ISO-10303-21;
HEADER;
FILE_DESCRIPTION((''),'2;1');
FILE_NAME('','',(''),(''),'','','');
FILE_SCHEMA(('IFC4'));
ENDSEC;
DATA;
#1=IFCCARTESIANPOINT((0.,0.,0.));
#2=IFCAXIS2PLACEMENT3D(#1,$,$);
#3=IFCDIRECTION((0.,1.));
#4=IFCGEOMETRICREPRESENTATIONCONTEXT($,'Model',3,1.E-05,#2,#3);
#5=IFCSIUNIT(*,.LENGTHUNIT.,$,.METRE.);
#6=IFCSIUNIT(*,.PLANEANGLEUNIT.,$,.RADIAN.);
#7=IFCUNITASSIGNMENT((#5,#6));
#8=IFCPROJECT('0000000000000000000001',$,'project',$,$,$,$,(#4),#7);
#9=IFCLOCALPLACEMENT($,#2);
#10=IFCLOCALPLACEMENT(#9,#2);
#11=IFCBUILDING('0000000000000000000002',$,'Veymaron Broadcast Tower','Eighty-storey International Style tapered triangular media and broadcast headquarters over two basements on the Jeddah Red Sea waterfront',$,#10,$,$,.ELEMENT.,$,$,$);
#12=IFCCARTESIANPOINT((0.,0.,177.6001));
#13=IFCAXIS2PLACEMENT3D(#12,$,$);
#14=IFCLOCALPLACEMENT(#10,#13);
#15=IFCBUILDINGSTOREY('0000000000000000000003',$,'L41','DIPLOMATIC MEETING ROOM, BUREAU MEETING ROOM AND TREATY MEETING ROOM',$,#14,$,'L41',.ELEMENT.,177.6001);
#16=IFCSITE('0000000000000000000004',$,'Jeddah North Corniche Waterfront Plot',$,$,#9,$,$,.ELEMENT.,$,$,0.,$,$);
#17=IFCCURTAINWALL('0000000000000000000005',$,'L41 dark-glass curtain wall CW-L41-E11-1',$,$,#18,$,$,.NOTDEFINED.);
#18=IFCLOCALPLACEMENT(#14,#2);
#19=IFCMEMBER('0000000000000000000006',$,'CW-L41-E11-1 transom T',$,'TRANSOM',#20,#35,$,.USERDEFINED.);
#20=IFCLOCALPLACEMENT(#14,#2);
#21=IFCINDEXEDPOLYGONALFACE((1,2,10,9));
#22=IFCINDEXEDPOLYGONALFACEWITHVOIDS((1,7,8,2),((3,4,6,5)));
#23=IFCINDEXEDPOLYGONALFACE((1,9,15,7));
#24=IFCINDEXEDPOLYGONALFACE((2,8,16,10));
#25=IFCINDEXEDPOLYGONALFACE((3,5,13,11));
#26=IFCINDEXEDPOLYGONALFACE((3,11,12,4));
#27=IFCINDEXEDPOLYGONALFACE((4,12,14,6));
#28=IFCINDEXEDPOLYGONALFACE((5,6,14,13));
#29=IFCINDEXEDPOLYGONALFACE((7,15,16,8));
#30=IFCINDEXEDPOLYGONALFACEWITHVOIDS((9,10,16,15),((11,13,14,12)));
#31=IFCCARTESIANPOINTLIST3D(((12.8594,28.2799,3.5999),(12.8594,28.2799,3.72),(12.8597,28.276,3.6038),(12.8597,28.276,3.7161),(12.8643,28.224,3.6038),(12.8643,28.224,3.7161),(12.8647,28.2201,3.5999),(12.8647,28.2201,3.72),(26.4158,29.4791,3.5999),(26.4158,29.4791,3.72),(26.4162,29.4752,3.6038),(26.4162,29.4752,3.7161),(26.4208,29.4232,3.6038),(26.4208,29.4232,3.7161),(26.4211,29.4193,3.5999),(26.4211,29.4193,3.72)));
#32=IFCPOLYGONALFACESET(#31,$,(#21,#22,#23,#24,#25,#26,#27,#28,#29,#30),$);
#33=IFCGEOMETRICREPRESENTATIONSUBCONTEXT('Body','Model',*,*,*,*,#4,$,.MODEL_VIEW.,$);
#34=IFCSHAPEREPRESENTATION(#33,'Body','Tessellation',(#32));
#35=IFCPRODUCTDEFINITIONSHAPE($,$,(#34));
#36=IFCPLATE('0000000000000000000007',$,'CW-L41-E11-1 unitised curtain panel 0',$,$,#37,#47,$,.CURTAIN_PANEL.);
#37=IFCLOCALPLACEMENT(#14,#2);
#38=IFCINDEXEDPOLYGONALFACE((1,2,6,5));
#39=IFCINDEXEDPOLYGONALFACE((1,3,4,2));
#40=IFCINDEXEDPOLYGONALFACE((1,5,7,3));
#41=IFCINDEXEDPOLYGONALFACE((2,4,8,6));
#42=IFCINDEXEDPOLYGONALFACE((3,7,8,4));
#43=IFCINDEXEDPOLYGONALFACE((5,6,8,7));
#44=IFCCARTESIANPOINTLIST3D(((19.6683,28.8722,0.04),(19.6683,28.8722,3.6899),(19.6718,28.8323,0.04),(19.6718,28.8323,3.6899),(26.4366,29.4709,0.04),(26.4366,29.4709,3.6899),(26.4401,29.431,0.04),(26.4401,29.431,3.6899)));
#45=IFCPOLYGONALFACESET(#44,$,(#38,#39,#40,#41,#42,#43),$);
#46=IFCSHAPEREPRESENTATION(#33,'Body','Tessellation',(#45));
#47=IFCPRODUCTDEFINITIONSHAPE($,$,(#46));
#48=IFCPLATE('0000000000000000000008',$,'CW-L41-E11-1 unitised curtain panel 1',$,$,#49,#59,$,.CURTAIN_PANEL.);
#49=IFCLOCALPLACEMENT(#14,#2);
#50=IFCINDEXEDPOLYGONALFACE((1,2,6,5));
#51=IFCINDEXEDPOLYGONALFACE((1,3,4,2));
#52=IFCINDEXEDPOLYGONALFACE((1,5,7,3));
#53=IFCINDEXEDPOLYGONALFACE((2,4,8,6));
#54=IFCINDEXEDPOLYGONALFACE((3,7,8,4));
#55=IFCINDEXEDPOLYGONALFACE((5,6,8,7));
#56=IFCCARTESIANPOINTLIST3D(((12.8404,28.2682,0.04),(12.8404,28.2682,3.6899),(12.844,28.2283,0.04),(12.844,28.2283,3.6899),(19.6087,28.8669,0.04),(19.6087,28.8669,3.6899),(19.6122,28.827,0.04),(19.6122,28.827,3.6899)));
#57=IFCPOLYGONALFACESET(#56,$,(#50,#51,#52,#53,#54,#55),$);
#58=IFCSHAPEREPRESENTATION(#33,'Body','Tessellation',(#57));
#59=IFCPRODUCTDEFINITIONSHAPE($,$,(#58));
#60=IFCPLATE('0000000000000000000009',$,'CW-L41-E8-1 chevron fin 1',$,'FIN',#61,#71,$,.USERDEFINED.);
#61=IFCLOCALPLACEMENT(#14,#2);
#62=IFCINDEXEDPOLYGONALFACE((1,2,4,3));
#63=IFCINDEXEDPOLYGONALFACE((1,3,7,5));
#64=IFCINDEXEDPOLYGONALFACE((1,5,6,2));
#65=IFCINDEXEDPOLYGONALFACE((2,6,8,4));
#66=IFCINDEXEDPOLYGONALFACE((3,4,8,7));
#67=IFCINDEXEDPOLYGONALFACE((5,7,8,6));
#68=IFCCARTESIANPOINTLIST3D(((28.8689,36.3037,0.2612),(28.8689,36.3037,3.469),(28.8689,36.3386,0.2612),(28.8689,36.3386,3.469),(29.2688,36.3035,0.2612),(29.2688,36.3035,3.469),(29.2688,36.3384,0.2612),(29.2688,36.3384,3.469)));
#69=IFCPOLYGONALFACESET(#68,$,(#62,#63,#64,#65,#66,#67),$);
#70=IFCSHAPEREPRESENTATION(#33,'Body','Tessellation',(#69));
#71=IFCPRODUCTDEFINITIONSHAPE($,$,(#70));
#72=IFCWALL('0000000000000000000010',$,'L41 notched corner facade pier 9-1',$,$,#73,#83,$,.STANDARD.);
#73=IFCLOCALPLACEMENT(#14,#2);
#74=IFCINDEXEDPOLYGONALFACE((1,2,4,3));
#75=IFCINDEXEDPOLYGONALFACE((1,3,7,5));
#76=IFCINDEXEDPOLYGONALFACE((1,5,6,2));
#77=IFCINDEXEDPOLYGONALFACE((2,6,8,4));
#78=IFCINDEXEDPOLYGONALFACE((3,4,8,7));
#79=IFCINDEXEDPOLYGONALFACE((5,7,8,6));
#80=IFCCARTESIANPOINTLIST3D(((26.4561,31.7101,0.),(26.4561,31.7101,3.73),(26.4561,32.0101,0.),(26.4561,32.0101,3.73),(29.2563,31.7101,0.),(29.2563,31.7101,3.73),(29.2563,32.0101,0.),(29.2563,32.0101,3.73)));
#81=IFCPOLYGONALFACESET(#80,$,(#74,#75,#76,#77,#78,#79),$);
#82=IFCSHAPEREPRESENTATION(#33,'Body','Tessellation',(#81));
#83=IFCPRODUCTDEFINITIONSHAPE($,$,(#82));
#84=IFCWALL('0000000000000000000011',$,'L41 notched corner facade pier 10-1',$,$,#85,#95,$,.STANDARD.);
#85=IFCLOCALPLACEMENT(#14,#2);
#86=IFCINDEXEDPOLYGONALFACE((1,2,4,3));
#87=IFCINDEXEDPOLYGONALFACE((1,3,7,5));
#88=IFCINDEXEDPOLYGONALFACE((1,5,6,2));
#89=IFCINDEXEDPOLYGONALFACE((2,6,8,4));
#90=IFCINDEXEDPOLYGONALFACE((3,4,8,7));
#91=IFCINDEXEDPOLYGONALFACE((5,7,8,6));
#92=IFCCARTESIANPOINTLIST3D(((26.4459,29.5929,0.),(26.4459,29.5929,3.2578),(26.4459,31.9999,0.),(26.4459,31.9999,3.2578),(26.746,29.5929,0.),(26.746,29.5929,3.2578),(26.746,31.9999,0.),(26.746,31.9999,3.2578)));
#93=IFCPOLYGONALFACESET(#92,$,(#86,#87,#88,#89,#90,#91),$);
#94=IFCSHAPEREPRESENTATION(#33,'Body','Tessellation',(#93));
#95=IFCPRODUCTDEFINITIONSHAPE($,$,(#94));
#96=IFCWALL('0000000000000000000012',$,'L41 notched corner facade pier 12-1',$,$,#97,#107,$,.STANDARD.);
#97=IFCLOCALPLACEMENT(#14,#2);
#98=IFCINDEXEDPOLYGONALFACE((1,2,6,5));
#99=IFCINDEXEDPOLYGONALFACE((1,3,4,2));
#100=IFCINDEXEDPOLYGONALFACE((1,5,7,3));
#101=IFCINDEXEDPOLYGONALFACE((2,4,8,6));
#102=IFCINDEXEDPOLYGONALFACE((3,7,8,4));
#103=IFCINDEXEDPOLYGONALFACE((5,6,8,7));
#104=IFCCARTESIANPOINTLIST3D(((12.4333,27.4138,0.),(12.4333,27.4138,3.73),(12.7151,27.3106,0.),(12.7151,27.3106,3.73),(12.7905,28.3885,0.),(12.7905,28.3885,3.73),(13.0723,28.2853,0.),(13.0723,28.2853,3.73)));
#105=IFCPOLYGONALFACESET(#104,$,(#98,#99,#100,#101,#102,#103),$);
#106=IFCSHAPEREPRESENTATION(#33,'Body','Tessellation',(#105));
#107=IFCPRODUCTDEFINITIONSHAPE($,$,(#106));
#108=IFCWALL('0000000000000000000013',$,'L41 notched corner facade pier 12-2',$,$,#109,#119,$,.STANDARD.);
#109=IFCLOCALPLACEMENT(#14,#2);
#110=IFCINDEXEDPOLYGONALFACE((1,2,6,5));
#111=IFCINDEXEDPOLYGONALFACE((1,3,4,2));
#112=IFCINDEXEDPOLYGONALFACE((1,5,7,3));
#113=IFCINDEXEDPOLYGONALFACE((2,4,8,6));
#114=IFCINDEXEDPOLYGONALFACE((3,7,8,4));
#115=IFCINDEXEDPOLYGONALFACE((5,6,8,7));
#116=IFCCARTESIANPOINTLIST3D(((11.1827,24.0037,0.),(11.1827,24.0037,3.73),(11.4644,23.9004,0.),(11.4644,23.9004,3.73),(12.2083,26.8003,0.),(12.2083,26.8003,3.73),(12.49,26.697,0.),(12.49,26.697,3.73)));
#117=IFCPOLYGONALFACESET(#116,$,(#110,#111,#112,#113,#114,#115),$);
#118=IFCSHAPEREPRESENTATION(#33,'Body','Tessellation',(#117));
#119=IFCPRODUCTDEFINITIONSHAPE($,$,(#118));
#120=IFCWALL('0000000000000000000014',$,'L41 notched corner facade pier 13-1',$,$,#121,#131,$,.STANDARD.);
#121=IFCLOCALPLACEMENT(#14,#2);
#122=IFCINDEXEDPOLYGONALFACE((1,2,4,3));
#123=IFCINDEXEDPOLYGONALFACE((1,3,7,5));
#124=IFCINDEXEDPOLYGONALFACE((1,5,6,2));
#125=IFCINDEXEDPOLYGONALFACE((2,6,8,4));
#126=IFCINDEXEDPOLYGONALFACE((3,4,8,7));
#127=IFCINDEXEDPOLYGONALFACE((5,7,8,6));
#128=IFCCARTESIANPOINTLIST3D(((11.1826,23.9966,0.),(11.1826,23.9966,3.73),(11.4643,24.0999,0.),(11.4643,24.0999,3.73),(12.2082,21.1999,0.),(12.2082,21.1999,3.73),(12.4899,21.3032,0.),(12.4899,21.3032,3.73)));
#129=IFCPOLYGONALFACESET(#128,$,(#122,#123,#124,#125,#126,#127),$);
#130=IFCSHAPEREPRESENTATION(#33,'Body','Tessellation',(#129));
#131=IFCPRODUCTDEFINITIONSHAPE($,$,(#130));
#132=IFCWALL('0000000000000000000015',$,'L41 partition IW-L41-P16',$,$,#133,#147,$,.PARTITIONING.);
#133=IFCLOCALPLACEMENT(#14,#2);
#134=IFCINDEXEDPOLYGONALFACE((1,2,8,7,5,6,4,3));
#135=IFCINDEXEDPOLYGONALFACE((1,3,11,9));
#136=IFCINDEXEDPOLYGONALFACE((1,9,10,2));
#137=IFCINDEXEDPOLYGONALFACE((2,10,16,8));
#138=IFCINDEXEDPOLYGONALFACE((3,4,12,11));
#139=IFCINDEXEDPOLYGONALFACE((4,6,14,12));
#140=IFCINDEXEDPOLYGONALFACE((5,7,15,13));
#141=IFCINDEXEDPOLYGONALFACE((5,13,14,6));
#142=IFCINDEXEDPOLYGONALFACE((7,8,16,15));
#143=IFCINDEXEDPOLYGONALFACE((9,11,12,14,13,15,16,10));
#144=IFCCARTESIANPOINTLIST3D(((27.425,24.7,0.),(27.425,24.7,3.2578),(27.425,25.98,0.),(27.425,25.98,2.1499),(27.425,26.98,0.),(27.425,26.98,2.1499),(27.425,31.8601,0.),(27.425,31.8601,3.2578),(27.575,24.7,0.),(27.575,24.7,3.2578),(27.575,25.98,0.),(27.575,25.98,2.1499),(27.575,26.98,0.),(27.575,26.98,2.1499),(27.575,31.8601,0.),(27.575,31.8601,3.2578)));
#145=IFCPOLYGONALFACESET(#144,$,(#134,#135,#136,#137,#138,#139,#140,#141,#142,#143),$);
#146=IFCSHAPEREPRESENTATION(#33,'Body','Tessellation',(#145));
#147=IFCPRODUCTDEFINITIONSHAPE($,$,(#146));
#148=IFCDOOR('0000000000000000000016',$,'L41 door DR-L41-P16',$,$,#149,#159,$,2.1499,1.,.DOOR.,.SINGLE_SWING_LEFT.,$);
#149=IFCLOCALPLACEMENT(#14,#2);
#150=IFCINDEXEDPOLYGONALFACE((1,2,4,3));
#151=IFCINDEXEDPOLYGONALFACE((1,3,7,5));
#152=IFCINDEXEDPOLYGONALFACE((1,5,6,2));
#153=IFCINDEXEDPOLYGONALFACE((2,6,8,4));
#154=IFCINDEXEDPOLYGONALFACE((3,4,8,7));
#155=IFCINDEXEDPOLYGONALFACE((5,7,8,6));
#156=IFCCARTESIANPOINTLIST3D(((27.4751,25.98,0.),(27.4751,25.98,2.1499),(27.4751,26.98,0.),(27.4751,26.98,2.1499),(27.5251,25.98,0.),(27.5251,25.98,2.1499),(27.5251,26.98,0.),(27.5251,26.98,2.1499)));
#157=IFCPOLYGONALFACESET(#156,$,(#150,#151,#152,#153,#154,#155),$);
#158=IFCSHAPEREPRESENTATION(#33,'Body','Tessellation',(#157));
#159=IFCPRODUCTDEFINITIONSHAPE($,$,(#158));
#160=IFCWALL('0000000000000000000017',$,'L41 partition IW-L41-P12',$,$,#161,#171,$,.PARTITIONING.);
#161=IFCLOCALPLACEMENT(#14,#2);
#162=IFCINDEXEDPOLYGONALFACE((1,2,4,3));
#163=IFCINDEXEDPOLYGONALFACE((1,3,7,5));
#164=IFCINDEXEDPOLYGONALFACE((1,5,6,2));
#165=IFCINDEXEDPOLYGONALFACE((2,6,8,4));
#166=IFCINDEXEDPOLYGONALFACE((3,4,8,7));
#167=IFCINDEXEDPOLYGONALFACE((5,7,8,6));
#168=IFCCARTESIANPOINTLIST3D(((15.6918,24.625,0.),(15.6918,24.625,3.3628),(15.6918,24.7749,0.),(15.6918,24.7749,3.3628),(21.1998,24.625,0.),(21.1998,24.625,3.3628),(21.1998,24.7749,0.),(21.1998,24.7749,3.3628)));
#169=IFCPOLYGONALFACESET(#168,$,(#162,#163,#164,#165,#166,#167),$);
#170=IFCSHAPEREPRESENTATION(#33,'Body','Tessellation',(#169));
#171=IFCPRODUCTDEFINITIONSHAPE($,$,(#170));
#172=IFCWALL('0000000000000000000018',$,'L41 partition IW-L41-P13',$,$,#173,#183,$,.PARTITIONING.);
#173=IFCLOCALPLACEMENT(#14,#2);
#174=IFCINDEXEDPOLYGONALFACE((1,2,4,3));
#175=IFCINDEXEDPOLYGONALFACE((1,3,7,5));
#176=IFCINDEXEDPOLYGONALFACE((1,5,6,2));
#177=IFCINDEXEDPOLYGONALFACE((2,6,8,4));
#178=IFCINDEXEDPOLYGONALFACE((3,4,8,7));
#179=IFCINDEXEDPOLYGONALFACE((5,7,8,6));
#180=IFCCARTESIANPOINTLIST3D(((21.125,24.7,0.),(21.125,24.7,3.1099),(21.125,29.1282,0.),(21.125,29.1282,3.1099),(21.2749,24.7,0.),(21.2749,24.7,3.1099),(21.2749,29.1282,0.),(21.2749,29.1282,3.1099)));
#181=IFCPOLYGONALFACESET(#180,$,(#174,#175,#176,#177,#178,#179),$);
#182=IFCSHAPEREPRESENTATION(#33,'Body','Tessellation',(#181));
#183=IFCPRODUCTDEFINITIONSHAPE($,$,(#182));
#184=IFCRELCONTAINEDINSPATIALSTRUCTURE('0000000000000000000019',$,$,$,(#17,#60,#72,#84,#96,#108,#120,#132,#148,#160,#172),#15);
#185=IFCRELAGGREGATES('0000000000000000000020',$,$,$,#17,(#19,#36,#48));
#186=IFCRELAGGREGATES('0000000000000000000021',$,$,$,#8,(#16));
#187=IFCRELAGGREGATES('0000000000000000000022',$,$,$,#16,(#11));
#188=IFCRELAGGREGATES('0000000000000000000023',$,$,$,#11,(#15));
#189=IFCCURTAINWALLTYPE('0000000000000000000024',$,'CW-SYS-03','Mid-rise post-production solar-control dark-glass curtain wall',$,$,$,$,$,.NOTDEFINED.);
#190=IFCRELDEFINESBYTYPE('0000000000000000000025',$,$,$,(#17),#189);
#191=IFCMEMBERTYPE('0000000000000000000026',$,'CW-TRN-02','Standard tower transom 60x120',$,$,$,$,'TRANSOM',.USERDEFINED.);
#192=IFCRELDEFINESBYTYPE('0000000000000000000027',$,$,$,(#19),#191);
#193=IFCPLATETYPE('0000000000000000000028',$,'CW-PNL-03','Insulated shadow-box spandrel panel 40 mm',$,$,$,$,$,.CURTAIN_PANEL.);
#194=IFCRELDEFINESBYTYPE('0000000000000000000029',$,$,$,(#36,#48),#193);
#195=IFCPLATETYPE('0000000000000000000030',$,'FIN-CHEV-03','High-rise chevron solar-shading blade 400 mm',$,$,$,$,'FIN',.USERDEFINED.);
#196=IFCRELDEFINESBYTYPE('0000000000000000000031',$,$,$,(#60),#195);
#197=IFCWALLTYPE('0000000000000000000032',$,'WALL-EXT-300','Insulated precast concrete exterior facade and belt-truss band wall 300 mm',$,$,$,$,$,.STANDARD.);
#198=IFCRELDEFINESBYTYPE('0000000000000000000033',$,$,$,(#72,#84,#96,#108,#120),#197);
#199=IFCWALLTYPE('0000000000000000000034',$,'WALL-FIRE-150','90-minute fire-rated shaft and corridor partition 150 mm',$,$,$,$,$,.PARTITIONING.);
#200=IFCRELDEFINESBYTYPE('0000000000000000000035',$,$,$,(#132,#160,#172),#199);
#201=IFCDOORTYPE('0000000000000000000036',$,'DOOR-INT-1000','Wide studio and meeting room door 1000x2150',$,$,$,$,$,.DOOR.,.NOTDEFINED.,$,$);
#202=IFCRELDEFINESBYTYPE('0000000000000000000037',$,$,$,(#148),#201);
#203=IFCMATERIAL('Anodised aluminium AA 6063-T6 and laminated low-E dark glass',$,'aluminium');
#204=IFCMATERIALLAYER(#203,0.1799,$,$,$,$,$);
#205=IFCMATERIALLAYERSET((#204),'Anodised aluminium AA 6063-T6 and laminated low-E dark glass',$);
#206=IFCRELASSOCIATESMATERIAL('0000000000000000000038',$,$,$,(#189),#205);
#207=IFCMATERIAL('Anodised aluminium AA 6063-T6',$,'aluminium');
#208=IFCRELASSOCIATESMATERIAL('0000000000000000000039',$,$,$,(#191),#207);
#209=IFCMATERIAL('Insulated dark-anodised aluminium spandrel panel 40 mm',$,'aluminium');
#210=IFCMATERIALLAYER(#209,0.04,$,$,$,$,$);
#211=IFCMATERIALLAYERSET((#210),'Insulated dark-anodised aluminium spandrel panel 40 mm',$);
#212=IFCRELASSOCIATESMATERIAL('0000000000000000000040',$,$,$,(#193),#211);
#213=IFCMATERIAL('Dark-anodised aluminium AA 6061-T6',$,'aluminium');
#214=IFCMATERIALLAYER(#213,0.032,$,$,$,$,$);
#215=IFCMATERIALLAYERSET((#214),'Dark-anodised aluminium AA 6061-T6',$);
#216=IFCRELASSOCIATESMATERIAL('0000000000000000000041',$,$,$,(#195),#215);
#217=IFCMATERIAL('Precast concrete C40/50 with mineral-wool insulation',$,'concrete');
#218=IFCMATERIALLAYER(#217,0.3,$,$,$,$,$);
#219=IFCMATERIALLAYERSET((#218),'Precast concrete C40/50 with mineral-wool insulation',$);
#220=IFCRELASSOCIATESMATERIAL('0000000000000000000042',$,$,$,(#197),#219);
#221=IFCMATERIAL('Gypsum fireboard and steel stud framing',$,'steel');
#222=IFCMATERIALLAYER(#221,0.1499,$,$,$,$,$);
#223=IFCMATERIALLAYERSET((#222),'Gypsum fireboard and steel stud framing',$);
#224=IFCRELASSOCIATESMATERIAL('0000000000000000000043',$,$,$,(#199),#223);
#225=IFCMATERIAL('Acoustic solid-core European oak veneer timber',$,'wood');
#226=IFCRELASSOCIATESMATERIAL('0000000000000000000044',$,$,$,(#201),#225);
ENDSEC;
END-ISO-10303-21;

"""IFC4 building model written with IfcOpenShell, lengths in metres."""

from ifc_helpers import new_model, si_unit, direction, frame, frame_2d, origin, origin_2d, place, context, subcontext, project, spatial, rectangle, hollow_rectangle, extrude, material, layer, layer_set, material_profile, profile_set, type_object, element, fill, aggregate, save


model = new_model("IFC4")

# Units and contexts
model_context = context("Model", 3, precision=1e-05, world=origin(), true_north=direction((0.0, 1.0)))
body_context = subcontext(model_context, "Body", "Model", "MODEL_VIEW")
ifc_project = project(units=[si_unit("LENGTHUNIT", "METRE"), si_unit("PLANEANGLEUNIT", "RADIAN")], contexts=[model_context])

# Site, building, storey
site_placement = place(None, origin())
site = spatial("IfcSite", under=ifc_project, at=site_placement, Name="Jeddah North Corniche Waterfront Plot", CompositionType="ELEMENT", RefElevation=0.0)
building_placement = place(site_placement, origin())
building = spatial("IfcBuilding", under=site, at=building_placement, Name="Veymaron Broadcast Tower", Description="Eighty-storey International Style tapered triangular media and broadcast headquarters over two basements on the Jeddah Red Sea waterfront", CompositionType="ELEMENT")
storey_placement = place(building_placement, frame((0.0, 0.0, 177.6001)))
storey = spatial("IfcBuildingStorey", under=building, at=storey_placement, Name="L41", Description="DIPLOMATIC MEETING ROOM, BUREAU MEETING ROOM AND TREATY MEETING ROOM", LongName="L41", CompositionType="ELEMENT", Elevation=177.6001)

# Curtain wall, member, plates
ifc_material_1 = material(Name="Anodised aluminium AA 6063-T6 and laminated low-E dark glass", Category="aluminium")
ifc_layer_1 = layer(ifc_material_1, 0.1799)
ifc_layer_set_1 = layer_set([ifc_layer_1], Name="Anodised aluminium AA 6063-T6 and laminated low-E dark glass")
curtain_wall_type = type_object("IfcCurtainWallType", Name="CW-SYS-03", Description="Mid-rise post-production solar-control dark-glass curtain wall", PredefinedType="NOTDEFINED", material=ifc_layer_set_1)
curtain_wall_placement = place(storey_placement, origin())
curtain_wall = element("IfcCurtainWall", 1, at=curtain_wall_placement, inside=storey, type_object=curtain_wall_type, Name="L41 dark-glass curtain wall CW-L41-E11-1", PredefinedType="NOTDEFINED")
ifc_material_2 = material(Name="Anodised aluminium AA 6063-T6", Category="aluminium")
ifc_material_profile_1 = material_profile(ifc_material_2, hollow_rectangle(XDim=0.0601, YDim=0.1201, WallThickness=0.0039, at=origin_2d()), Name="AL120X60X4")
ifc_profile_set_1 = profile_set([ifc_material_profile_1], Name="Anodised aluminium AA 6063-T6")
member_type_1 = type_object("IfcMemberType", Name="CW-TRN-02", Description="Standard tower transom 60x120", ElementType="TRANSOM", PredefinedType="USERDEFINED", material=ifc_profile_set_1)
member_1_placement = place(storey_placement, frame((26.4185, 29.4492, 3.6599), z_axis=(-0.99611, -0.088117, 0.0), x_axis=(0.088117, -0.99611, 0.0)))
member_1 = element("IfcMember", 2, at=member_1_placement, type_object=member_type_1, Name="CW-L41-E11-1 transom T", ObjectType="TRANSOM", PredefinedType="USERDEFINED", context=body_context, shape_type="SweptSolid", body=[
    extrude(hollow_rectangle(XDim=0.0601, YDim=0.1201, WallThickness=0.0039, at=origin_2d()), origin(), (0.0, 0.0, 1.0), 13.6094),
])
ifc_material_3 = material(Name="Insulated dark-anodised aluminium spandrel panel 40 mm", Category="aluminium")
ifc_layer_2 = layer(ifc_material_3, 0.04)
ifc_layer_set_2 = layer_set([ifc_layer_2], Name="Insulated dark-anodised aluminium spandrel panel 40 mm")
plate_type_1 = type_object("IfcPlateType", Name="CW-PNL-03", Description="Insulated shadow-box spandrel panel 40 mm", PredefinedType="CURTAIN_PANEL", material=ifc_layer_set_2)
plate_1_placement = place(storey_placement, frame((23.0542, 29.1516, 0.04), z_axis=(0.0, 0.0, 1.0), x_axis=(-0.996111, -0.088112, 0.0)))
plate_1 = element("IfcPlate", 3, at=plate_1_placement, type_object=plate_type_1, Name="CW-L41-E11-1 unitised curtain panel 0", PredefinedType="CURTAIN_PANEL", context=body_context, shape_type="SweptSolid", body=[
    extrude(rectangle(XDim=6.7947, YDim=0.04, at=origin_2d()), origin(), (0.0, 0.0, 1.0), 3.6499),
])
plate_2_placement = place(storey_placement, frame((16.2263, 28.5476, 0.04), z_axis=(0.0, 0.0, 1.0), x_axis=(-0.996111, -0.088112, 0.0)))
plate_2 = element("IfcPlate", 4, at=plate_2_placement, type_object=plate_type_1, Name="CW-L41-E11-1 unitised curtain panel 1", PredefinedType="CURTAIN_PANEL", context=body_context, shape_type="SweptSolid", body=[
    extrude(rectangle(XDim=6.7947, YDim=0.04, at=origin_2d()), origin(), (0.0, 0.0, 1.0), 3.6499),
])
aggregate(curtain_wall, [member_1, plate_1, plate_2])

# Plate
ifc_material_4 = material(Name="Dark-anodised aluminium AA 6061-T6", Category="aluminium")
ifc_layer_3 = layer(ifc_material_4, 0.032)
ifc_layer_set_3 = layer_set([ifc_layer_3], Name="Dark-anodised aluminium AA 6061-T6")
plate_type_2 = type_object("IfcPlateType", Name="FIN-CHEV-03", Description="High-rise chevron solar-shading blade 400 mm", ElementType="FIN", PredefinedType="USERDEFINED", material=ifc_layer_set_3)
plate_3_placement = place(storey_placement, frame((29.0688, 36.321, 0.2612), z_axis=(0.0, 0.0, 1.0), x_axis=(-1.0, 0.000559, 0.0)))
element("IfcPlate", 5, at=plate_3_placement, inside=storey, type_object=plate_type_2, Name="CW-L41-E8-1 chevron fin 1", ObjectType="FIN", PredefinedType="USERDEFINED", context=body_context, shape_type="SweptSolid", body=[
    extrude(rectangle(XDim=0.3999, YDim=0.0349, at=origin_2d()), origin(), (0.0, 0.0, 1.0), 3.2078),
])

# Walls
ifc_material_5 = material(Name="Precast concrete C40/50 with mineral-wool insulation", Category="concrete")
ifc_layer_4 = layer(ifc_material_5, 0.3)
ifc_layer_set_4 = layer_set([ifc_layer_4], Name="Precast concrete C40/50 with mineral-wool insulation")
wall_type_1 = type_object("IfcWallType", Name="WALL-EXT-300", Description="Insulated precast concrete exterior facade and belt-truss band wall 300 mm", PredefinedType="STANDARD", material=ifc_layer_set_4)
wall_1_placement = place(storey_placement, frame((29.2563, 31.8601, 0.0), z_axis=(0.0, 0.0, 1.0), x_axis=(-1.0, 0.0, 0.0)))
element("IfcWall", 6, at=wall_1_placement, inside=storey, type_object=wall_type_1, Name="L41 notched corner facade pier 9-1", PredefinedType="STANDARD", context=body_context, shape_type="SweptSolid", body=[
    extrude(rectangle(XDim=2.8003, YDim=0.3, at=frame_2d((1.4001, 0.0))), origin(), (0.0, 0.0, 1.0), 3.73),
])
wall_2_placement = place(storey_placement, frame((26.5959, 32.0, 0.0), z_axis=(0.0, 0.0, 1.0), x_axis=(0.0, -1.0, 0.0)))
element("IfcWall", 7, at=wall_2_placement, inside=storey, type_object=wall_type_1, Name="L41 notched corner facade pier 10-1", PredefinedType="STANDARD", context=body_context, shape_type="SweptSolid", body=[
    extrude(rectangle(XDim=2.407, YDim=0.3, at=frame_2d((1.2036, 0.0))), origin(), (0.0, 0.0, 1.0), 3.2578),
])
wall_3_placement = place(storey_placement, frame((12.9314, 28.3369, 0.0), z_axis=(0.0, 0.0, 1.0), x_axis=(-0.344103, -0.938932, 0.0)))
element("IfcWall", 8, at=wall_3_placement, inside=storey, type_object=wall_type_1, Name="L41 notched corner facade pier 12-1", PredefinedType="STANDARD", context=body_context, shape_type="SweptSolid", body=[
    extrude(rectangle(XDim=1.0381, YDim=0.3, at=frame_2d((0.519, 0.0))), origin(), (0.0, 0.0, 1.0), 3.73),
])
for number, where, z_axis, x_axis, name in (
    (9, (12.3491, 26.7485, 0.0), (0.0, 0.0, 1.0), (-0.344315, -0.938854, 0.0), "L41 notched corner facade pier 12-2"),
    (10, (11.3235, 24.0481, 0.0), (0.0, 0.0, 1.0), (0.344315, -0.938854, 0.0), "L41 notched corner facade pier 13-1"),
):
    element("IfcWall", number, at=place(storey_placement, frame(where, z_axis=z_axis, x_axis=x_axis)), inside=storey, type_object=wall_type_1, Name=name, PredefinedType="STANDARD", context=body_context, shape_type="SweptSolid", body=[
        extrude(rectangle(XDim=2.9788, YDim=0.3, at=frame_2d((1.4893, 0.0))), origin(), (0.0, 0.0, 1.0), 3.73),
    ])

# Wall, opening, door
ifc_material_6 = material(Name="Gypsum fireboard and steel stud framing", Category="steel")
ifc_layer_5 = layer(ifc_material_6, 0.1499)
ifc_layer_set_5 = layer_set([ifc_layer_5], Name="Gypsum fireboard and steel stud framing")
wall_type_2 = type_object("IfcWallType", Name="WALL-FIRE-150", Description="90-minute fire-rated shaft and corridor partition 150 mm", PredefinedType="PARTITIONING", material=ifc_layer_set_5)
wall_4_placement = place(storey_placement, frame((27.5, 24.7, 0.0), z_axis=(0.0, 0.0, 1.0), x_axis=(0.0, 1.0, 0.0)))
wall_4 = element("IfcWall", 11, at=wall_4_placement, inside=storey, type_object=wall_type_2, Name="L41 partition IW-L41-P16", PredefinedType="PARTITIONING", context=body_context, shape_type="SweptSolid", body=[
    extrude(rectangle(XDim=7.1602, YDim=0.1499, at=frame_2d((3.5801, 0.0))), origin(), (0.0, 0.0, 1.0), 3.2578),
])
opening_placement = place(wall_4_placement, frame((1.28, 0.0, 0.0)))
opening = element("IfcOpeningElement", 12, at=opening_placement, cuts=wall_4, PredefinedType="OPENING", context=body_context, shape_type="SweptSolid", body=[
    extrude(rectangle(XDim=1.0, YDim=2.1499, at=frame_2d((0.5, 1.075))), frame((0.0, 0.085, 0.0), z_axis=(0.0, -1.0, 0.0), x_axis=(1.0, 0.0, 0.0)), (0.0, 0.0, 1.0), 0.1699),
])
ifc_material_7 = material(Name="Acoustic solid-core European oak veneer timber", Category="wood")
door_type = type_object("IfcDoorType", Name="DOOR-INT-1000", Description="Wide studio and meeting room door 1000x2150", OperationType="NOTDEFINED", PredefinedType="DOOR", material=ifc_material_7)
door_placement = place(opening_placement, origin())
door = element("IfcDoor", 13, at=door_placement, inside=storey, type_object=door_type, Name="L41 door DR-L41-P16", OperationType="SINGLE_SWING_LEFT", OverallHeight=2.1499, OverallWidth=1.0, PredefinedType="DOOR", context=body_context, shape_type="SweptSolid", body=[
    extrude(rectangle(XDim=1.0, YDim=2.1499, at=frame_2d((0.5, 1.075))), frame((0.0, 0.0249, 0.0), z_axis=(0.0, -1.0, 0.0), x_axis=(1.0, 0.0, 0.0)), (0.0, 0.0, 1.0), 0.05),
])
fill(opening, door)

# Walls
wall_5_placement = place(storey_placement, frame((15.6919, 24.7, 0.0), z_axis=(0.0, 0.0, 1.0), x_axis=(1.0, 0.0, 0.0)))
element("IfcWall", 14, at=wall_5_placement, inside=storey, type_object=wall_type_2, Name="L41 partition IW-L41-P12", PredefinedType="PARTITIONING", context=body_context, shape_type="SweptSolid", body=[
    extrude(rectangle(XDim=5.5081, YDim=0.1499, at=frame_2d((2.7539, 0.0))), origin(), (0.0, 0.0, 1.0), 3.3628),
])
wall_6_placement = place(storey_placement, frame((21.2, 24.7, 0.0), z_axis=(0.0, 0.0, 1.0), x_axis=(0.0, 1.0, 0.0)))
element("IfcWall", 15, at=wall_6_placement, inside=storey, type_object=wall_type_2, Name="L41 partition IW-L41-P13", PredefinedType="PARTITIONING", context=body_context, shape_type="SweptSolid", body=[
    extrude(rectangle(XDim=4.4282, YDim=0.1499, at=frame_2d((2.2141, 0.0))), origin(), (0.0, 0.0, 1.0), 3.1099),
])

save(model, "model.ifc")
